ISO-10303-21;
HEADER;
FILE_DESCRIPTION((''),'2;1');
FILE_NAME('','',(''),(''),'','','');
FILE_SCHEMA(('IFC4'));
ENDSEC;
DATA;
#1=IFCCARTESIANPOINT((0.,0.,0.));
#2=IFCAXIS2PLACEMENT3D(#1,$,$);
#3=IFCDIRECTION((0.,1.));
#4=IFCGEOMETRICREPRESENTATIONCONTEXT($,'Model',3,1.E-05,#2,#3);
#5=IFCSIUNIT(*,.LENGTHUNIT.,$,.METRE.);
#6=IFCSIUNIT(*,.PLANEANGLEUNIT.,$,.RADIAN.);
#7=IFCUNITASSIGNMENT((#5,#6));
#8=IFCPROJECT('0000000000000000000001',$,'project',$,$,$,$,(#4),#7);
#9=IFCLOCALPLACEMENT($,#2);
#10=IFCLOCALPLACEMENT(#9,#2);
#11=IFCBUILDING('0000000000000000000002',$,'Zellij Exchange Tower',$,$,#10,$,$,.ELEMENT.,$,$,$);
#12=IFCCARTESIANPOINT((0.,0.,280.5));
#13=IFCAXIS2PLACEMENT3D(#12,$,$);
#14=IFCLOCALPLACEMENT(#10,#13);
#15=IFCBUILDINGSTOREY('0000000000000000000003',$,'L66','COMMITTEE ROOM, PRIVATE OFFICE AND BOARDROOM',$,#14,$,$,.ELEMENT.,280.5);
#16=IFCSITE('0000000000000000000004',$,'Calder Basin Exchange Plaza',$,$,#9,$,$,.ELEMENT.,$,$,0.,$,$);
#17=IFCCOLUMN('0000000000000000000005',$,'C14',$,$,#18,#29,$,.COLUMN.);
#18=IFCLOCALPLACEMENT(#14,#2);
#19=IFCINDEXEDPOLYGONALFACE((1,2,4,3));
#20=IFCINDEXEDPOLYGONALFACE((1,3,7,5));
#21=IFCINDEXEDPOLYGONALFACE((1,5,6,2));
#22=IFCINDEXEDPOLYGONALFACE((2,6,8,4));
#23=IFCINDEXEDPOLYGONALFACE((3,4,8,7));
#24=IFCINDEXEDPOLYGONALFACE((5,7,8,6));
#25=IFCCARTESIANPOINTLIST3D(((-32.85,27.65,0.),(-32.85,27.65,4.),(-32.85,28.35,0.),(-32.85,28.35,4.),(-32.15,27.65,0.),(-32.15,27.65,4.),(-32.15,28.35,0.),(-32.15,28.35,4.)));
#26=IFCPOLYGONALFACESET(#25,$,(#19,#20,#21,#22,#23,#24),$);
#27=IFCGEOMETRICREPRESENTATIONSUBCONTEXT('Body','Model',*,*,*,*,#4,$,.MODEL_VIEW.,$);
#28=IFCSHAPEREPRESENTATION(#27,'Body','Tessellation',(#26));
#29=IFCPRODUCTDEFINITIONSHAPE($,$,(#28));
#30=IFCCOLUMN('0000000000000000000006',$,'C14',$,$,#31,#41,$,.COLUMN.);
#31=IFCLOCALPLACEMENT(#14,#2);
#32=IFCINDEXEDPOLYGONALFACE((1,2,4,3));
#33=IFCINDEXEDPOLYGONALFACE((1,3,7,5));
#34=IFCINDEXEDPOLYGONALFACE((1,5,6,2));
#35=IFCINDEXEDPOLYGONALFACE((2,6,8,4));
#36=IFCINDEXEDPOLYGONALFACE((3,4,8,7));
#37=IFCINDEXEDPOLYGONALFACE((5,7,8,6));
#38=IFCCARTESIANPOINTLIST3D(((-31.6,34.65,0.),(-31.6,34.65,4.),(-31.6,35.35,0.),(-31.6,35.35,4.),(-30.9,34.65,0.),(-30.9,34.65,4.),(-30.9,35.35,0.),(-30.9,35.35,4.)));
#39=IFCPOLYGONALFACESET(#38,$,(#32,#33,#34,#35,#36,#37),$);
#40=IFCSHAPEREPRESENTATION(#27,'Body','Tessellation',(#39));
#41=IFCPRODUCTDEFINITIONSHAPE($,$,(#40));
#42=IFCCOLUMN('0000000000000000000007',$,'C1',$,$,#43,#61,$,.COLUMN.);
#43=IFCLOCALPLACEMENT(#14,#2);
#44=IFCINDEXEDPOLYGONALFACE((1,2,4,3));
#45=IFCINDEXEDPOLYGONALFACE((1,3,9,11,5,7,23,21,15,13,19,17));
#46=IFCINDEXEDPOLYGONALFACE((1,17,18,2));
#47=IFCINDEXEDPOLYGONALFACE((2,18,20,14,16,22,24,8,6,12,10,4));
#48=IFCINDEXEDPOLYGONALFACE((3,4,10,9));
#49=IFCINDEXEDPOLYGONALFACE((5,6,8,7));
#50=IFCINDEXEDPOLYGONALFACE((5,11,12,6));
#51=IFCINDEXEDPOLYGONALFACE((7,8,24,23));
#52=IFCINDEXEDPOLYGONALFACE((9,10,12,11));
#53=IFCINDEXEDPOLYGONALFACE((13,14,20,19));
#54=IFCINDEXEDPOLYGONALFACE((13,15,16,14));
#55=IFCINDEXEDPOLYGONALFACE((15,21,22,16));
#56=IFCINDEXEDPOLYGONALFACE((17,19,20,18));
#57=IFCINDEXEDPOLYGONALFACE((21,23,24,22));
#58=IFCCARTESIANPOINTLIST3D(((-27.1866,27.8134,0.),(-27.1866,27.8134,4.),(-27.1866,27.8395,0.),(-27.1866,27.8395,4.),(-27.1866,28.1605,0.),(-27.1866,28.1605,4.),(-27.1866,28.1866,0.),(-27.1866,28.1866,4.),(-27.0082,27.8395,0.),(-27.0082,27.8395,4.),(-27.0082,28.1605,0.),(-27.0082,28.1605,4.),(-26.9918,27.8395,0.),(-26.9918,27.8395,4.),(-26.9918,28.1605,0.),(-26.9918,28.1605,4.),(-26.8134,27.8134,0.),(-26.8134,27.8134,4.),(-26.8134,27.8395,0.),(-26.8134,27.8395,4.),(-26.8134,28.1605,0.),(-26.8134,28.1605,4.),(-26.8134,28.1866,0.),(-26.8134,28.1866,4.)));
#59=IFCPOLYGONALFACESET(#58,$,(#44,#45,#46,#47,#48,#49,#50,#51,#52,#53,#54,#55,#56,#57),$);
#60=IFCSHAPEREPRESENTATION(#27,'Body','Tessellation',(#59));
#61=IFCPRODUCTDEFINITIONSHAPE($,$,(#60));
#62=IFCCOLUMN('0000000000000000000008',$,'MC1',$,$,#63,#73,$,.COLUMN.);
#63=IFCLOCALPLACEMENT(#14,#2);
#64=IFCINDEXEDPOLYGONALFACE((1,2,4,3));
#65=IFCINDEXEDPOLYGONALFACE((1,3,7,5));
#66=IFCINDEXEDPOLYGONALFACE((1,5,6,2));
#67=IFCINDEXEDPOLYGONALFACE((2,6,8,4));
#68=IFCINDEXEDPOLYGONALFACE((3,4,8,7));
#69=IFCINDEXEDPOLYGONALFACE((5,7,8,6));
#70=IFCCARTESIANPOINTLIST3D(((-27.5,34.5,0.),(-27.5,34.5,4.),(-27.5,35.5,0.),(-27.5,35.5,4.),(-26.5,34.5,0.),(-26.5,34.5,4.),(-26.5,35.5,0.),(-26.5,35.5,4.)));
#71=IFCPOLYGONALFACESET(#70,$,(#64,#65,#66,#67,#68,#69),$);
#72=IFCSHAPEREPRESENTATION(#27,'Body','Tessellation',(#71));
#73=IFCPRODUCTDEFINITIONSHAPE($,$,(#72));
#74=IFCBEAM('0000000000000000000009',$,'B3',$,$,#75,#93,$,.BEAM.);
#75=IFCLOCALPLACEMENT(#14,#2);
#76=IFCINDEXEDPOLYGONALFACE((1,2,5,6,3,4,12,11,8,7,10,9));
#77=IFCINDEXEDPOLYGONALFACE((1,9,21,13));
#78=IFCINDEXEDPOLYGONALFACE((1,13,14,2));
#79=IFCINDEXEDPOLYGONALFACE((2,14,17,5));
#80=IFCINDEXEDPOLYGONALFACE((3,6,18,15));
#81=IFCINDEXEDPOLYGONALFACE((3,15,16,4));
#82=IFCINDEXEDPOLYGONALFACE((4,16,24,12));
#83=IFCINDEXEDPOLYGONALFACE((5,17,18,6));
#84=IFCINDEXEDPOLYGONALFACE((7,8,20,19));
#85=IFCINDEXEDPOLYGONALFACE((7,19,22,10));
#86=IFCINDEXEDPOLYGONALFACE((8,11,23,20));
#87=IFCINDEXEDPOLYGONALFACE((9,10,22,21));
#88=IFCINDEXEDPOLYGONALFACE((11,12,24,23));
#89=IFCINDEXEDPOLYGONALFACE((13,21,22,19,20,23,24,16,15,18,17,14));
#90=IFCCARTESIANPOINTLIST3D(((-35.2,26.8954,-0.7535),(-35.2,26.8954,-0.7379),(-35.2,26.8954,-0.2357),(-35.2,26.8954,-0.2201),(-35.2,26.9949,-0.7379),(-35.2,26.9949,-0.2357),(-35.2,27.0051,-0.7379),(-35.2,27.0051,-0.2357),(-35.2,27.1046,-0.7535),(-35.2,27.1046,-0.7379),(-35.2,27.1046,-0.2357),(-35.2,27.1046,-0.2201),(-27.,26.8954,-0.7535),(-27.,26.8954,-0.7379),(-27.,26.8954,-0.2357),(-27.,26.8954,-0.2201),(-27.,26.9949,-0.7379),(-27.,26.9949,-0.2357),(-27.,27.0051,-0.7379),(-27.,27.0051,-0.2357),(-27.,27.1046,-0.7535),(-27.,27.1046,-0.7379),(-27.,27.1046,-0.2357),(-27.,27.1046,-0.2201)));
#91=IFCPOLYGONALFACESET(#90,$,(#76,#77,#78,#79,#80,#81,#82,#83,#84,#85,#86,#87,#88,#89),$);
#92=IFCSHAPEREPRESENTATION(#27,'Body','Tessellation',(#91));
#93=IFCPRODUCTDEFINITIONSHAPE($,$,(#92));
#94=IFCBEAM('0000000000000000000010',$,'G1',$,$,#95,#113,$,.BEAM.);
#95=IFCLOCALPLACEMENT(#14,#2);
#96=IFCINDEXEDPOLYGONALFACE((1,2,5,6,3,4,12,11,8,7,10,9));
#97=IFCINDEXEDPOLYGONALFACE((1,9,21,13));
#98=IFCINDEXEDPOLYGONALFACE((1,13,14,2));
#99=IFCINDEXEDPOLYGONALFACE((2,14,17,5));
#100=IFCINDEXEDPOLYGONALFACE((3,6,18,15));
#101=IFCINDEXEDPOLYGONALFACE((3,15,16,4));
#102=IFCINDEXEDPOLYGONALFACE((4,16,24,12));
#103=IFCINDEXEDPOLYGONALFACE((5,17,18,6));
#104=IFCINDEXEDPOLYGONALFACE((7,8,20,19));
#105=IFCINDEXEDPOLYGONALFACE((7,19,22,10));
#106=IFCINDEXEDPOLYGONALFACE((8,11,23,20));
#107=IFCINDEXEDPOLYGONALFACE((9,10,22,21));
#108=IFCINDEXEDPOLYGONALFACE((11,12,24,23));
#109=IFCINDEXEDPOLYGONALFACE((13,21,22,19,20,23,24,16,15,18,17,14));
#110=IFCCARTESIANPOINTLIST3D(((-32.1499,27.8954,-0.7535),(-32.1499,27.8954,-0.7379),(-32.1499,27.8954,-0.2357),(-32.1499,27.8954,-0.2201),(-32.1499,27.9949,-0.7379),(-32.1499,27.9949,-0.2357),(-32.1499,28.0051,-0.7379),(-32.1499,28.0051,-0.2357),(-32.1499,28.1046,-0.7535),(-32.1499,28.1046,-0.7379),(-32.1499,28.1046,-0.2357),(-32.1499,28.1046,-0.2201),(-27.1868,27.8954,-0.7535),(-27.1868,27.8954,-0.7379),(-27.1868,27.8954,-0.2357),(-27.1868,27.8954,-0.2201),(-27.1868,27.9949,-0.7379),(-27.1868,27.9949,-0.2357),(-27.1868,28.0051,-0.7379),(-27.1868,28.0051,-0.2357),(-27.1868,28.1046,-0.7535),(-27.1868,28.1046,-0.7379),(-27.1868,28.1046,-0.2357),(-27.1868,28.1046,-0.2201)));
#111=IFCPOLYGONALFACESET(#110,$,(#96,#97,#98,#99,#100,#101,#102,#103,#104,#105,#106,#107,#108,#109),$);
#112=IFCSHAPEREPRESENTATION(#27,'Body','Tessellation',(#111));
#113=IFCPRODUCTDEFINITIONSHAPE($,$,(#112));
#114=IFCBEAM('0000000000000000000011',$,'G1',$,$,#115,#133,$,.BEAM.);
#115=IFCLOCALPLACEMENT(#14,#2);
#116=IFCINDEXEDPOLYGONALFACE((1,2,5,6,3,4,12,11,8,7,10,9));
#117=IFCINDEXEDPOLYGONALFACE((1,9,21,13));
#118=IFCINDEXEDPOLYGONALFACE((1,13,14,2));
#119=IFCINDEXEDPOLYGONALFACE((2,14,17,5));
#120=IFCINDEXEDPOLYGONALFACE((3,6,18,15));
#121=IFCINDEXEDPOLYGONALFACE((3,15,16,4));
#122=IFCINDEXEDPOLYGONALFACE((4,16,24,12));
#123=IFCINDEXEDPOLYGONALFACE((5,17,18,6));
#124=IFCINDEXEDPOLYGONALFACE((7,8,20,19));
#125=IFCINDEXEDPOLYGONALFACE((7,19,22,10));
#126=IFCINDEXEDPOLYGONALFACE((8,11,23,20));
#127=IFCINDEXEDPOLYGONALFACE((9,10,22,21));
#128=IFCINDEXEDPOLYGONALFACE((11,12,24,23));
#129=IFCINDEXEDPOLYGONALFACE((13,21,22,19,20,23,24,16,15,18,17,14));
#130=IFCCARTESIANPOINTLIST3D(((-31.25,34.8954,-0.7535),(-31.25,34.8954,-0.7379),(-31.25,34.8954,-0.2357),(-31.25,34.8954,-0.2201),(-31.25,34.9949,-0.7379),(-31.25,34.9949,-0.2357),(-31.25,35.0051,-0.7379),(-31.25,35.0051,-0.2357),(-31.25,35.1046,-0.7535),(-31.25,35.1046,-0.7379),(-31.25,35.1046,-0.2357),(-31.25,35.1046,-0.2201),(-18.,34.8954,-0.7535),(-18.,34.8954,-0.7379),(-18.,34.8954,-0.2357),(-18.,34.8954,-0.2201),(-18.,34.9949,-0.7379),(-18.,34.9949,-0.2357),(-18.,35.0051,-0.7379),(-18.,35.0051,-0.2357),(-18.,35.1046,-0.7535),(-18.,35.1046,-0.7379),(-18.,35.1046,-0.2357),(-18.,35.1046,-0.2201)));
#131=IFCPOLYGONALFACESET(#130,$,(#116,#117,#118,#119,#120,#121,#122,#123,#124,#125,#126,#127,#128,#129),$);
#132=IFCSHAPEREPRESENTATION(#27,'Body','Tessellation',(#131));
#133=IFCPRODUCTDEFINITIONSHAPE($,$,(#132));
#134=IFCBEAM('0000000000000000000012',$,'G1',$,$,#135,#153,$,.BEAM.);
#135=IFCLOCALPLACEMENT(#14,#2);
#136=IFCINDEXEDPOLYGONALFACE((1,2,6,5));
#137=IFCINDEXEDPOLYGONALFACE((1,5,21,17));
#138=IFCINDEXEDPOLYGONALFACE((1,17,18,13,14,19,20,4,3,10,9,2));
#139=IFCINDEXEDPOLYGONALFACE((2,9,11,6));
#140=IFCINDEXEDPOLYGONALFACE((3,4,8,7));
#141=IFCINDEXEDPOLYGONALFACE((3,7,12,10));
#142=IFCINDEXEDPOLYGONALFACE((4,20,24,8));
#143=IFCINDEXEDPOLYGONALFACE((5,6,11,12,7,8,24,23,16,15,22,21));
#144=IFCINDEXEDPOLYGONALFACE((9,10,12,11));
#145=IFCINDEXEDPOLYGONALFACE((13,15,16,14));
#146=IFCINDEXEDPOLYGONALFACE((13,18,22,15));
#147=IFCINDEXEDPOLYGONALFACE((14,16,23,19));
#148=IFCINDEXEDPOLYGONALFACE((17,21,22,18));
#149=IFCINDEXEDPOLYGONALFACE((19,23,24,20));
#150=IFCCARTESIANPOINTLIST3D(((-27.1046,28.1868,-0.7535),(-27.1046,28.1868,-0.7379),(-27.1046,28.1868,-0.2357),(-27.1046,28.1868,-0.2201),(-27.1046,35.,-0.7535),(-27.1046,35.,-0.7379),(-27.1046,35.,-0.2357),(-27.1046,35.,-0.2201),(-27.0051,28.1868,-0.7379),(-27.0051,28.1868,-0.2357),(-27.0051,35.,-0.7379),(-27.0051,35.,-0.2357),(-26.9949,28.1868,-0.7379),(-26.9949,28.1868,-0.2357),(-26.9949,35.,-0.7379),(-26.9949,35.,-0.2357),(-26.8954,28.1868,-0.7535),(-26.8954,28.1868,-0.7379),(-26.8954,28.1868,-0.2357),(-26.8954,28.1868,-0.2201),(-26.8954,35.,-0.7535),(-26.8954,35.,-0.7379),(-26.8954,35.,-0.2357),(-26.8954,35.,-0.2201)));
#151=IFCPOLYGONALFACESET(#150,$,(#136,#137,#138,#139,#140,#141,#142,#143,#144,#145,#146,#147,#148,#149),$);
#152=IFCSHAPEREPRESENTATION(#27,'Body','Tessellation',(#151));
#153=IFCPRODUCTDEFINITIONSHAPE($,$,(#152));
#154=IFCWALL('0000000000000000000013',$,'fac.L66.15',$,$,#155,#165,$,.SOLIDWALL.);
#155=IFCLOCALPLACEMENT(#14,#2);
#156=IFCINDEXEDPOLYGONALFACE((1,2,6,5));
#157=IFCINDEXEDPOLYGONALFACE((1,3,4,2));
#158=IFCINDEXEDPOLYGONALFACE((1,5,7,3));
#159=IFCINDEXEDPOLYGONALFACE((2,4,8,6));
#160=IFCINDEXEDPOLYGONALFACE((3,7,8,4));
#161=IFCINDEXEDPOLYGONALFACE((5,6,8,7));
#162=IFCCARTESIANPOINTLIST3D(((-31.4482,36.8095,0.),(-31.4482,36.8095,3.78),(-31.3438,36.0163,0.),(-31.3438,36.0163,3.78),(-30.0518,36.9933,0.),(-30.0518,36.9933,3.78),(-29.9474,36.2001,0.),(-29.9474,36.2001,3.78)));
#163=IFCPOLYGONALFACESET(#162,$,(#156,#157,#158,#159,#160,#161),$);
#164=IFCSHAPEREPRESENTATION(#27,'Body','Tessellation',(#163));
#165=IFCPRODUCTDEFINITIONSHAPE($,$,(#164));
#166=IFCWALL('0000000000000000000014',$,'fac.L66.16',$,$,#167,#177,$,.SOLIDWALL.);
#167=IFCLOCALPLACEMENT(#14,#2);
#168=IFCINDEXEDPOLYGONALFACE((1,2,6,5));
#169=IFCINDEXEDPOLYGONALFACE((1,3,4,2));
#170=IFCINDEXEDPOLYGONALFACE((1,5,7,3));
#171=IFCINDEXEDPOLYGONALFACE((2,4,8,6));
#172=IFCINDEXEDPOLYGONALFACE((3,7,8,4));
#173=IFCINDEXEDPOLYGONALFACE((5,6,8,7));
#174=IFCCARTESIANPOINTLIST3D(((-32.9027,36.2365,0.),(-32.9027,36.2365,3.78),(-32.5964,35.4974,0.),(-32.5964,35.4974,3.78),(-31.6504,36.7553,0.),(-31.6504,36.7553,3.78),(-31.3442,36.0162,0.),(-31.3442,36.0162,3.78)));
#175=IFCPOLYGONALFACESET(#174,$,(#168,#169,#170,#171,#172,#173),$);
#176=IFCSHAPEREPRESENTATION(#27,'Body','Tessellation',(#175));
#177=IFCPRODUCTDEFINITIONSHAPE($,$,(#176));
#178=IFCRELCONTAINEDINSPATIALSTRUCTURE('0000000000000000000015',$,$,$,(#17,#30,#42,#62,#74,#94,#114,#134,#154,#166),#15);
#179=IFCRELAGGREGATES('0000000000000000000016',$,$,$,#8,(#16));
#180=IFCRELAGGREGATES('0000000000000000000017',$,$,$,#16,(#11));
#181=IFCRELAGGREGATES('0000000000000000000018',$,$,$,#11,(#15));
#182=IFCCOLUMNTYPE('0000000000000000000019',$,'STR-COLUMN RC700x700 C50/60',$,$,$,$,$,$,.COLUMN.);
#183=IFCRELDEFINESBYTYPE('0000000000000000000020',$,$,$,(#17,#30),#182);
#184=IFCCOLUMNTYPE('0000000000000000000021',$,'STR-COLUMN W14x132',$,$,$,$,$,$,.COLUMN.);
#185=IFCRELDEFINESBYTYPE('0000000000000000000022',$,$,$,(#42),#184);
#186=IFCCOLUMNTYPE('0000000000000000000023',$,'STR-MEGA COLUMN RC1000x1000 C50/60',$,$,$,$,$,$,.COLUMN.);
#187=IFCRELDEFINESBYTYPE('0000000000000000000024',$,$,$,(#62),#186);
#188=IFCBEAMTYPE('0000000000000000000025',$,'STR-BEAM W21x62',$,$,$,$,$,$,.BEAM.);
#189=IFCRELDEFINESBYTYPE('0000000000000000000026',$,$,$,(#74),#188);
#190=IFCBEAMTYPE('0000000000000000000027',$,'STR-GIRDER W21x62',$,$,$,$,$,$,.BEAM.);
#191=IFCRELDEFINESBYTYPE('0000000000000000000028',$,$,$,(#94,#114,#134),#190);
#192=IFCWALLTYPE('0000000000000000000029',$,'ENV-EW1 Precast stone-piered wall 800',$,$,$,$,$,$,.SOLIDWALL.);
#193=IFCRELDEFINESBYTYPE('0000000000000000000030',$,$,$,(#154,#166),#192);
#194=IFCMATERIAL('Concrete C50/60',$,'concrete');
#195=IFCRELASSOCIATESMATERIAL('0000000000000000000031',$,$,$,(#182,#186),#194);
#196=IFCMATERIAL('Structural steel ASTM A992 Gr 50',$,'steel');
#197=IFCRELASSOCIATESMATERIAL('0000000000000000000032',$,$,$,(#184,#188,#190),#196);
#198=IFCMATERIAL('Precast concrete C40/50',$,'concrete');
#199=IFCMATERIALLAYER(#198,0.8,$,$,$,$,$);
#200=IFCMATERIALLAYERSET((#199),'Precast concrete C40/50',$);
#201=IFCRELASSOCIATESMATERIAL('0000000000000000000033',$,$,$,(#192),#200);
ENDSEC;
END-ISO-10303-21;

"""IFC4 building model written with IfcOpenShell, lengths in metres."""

from ifc_helpers import new_model, si_unit, direction, frame, frame_2d, origin, origin_2d, place, context, subcontext, project, spatial, rectangle, i_section, extrude, material, layer, layer_set, material_profile, profile_set, type_object, element, save


model = new_model("IFC4")

# Units and contexts
model_context = context("Model", 3, precision=1e-05, world=origin(), true_north=direction((0.0, 1.0)))
body_context = subcontext(model_context, "Body", "Model", "MODEL_VIEW")
ifc_project = project(units=[si_unit("LENGTHUNIT", "METRE"), si_unit("PLANEANGLEUNIT", "RADIAN")], contexts=[model_context])

# Site, building, storey
site_placement = place(None, origin())
site = spatial("IfcSite", under=ifc_project, at=site_placement, Name="Calder Basin Exchange Plaza", CompositionType="ELEMENT", RefElevation=0.0)
building_placement = place(site_placement, origin())
building = spatial("IfcBuilding", under=site, at=building_placement, Name="Zellij Exchange Tower", CompositionType="ELEMENT")
storey_placement = place(building_placement, frame((0.0, 0.0, 280.5)))
storey = spatial("IfcBuildingStorey", under=building, at=storey_placement, Name="L66", Description="COMMITTEE ROOM, PRIVATE OFFICE AND BOARDROOM", CompositionType="ELEMENT", Elevation=280.5)

# Columns
ifc_material_1 = material(Name="Concrete C50/60", Category="concrete")
ifc_material_profile_1 = material_profile(ifc_material_1, rectangle(XDim=0.7, YDim=0.7, at=origin_2d()), Name="STR-COLUMN RC700x700 C50/60")
ifc_profile_set_1 = profile_set([ifc_material_profile_1], Name="Concrete C50/60")
column_type_1 = type_object("IfcColumnType", Name="STR-COLUMN RC700x700 C50/60", PredefinedType="COLUMN", material=ifc_profile_set_1)
for number, where, z_axis, x_axis, name in (
    (1, (-32.5, 28.0, 0.0), (0.0, 0.0, 1.0), (1.0, 0.0, 0.0), "C14"),
    (2, (-31.25, 35.0, 0.0), (0.0, 0.0, 1.0), (1.0, 0.0, 0.0), "C14"),
):
    element("IfcColumn", number, at=place(storey_placement, frame(where, z_axis=z_axis, x_axis=x_axis)), inside=storey, type_object=column_type_1, Name=name, PredefinedType="COLUMN", context=body_context, shape_type="SweptSolid", body=[
        extrude(rectangle(XDim=0.7, YDim=0.7, at=origin_2d()), origin(), (0.0, 0.0, 1.0), 4.0),
    ])
ifc_material_2 = material(Name="Structural steel ASTM A992 Gr 50", Category="steel")
ifc_material_profile_2 = material_profile(ifc_material_2, i_section(OverallWidth=0.3733, OverallDepth=0.3733, WebThickness=0.0164, FlangeThickness=0.0261, at=origin_2d()), Name="W14x132")
ifc_profile_set_2 = profile_set([ifc_material_profile_2], Name="Structural steel ASTM A992 Gr 50")
column_type_2 = type_object("IfcColumnType", Name="STR-COLUMN W14x132", PredefinedType="COLUMN", material=ifc_profile_set_2)
column_1_placement = place(storey_placement, frame((-27.0, 28.0, 0.0), z_axis=(0.0, 0.0, 1.0), x_axis=(1.0, 0.0, 0.0)))
element("IfcColumn", 3, at=column_1_placement, inside=storey, type_object=column_type_2, Name="C1", PredefinedType="COLUMN", context=body_context, shape_type="SweptSolid", body=[
    extrude(i_section(OverallWidth=0.3733, OverallDepth=0.3733, WebThickness=0.0164, FlangeThickness=0.0261, at=origin_2d()), origin(), (0.0, 0.0, 1.0), 4.0),
])
ifc_material_profile_3 = material_profile(ifc_material_1, rectangle(XDim=1.0, YDim=1.0, at=origin_2d()), Name="STR-MEGA COLUMN RC1000x1000 C50/60")
ifc_profile_set_3 = profile_set([ifc_material_profile_3], Name="Concrete C50/60")
column_type_3 = type_object("IfcColumnType", Name="STR-MEGA COLUMN RC1000x1000 C50/60", PredefinedType="COLUMN", material=ifc_profile_set_3)
column_2_placement = place(storey_placement, frame((-27.0, 35.0, 0.0), z_axis=(0.0, 0.0, 1.0), x_axis=(1.0, 0.0, 0.0)))
element("IfcColumn", 4, at=column_2_placement, inside=storey, type_object=column_type_3, Name="MC1", PredefinedType="COLUMN", context=body_context, shape_type="SweptSolid", body=[
    extrude(rectangle(XDim=1.0, YDim=1.0, at=origin_2d()), origin(), (0.0, 0.0, 1.0), 4.0),
])

# Beams
ifc_material_profile_4 = material_profile(ifc_material_2, i_section(OverallWidth=0.2092, OverallDepth=0.5334, WebThickness=0.0103, FlangeThickness=0.0156, at=origin_2d()), Name="W21x62")
ifc_profile_set_4 = profile_set([ifc_material_profile_4], Name="Structural steel ASTM A992 Gr 50")
beam_type_1 = type_object("IfcBeamType", Name="STR-BEAM W21x62", PredefinedType="BEAM", material=ifc_profile_set_4)
beam_1_placement = place(storey_placement, frame((-35.2, 27.0, -0.4868), z_axis=(1.0, 0.0, 0.0), x_axis=(0.0, 1.0, 0.0)))
element("IfcBeam", 5, at=beam_1_placement, inside=storey, type_object=beam_type_1, Name="B3", PredefinedType="BEAM", context=body_context, shape_type="SweptSolid", body=[
    extrude(i_section(OverallWidth=0.2092, OverallDepth=0.5334, WebThickness=0.0103, FlangeThickness=0.0156, at=origin_2d()), origin(), (0.0, 0.0, 1.0), 8.2),
])
ifc_material_profile_5 = material_profile(ifc_material_2, i_section(OverallWidth=0.2092, OverallDepth=0.5334, WebThickness=0.0103, FlangeThickness=0.0156, at=origin_2d()), Name="W21x62")
ifc_profile_set_5 = profile_set([ifc_material_profile_5], Name="Structural steel ASTM A992 Gr 50")
beam_type_2 = type_object("IfcBeamType", Name="STR-GIRDER W21x62", PredefinedType="BEAM", material=ifc_profile_set_5)
beam_2_placement = place(storey_placement, frame((-32.1499, 28.0, -0.4868), z_axis=(1.0, 0.0, 0.0), x_axis=(0.0, 1.0, 0.0)))
element("IfcBeam", 6, at=beam_2_placement, inside=storey, type_object=beam_type_2, Name="G1", PredefinedType="BEAM", context=body_context, shape_type="SweptSolid", body=[
    extrude(i_section(OverallWidth=0.2092, OverallDepth=0.5334, WebThickness=0.0103, FlangeThickness=0.0156, at=origin_2d()), origin(), (0.0, 0.0, 1.0), 4.9631),
])
beam_3_placement = place(storey_placement, frame((-31.25, 35.0, -0.4868), z_axis=(1.0, 0.0, 0.0), x_axis=(0.0, 1.0, 0.0)))
element("IfcBeam", 7, at=beam_3_placement, inside=storey, type_object=beam_type_2, Name="G1", PredefinedType="BEAM", context=body_context, shape_type="SweptSolid", body=[
    extrude(i_section(OverallWidth=0.2092, OverallDepth=0.5334, WebThickness=0.0103, FlangeThickness=0.0156, at=origin_2d()), origin(), (0.0, 0.0, 1.0), 13.25),
])
beam_4_placement = place(storey_placement, frame((-27.0, 28.1868, -0.4868), z_axis=(0.0, 1.0, 0.0), x_axis=(-1.0, 0.0, 0.0)))
element("IfcBeam", 8, at=beam_4_placement, inside=storey, type_object=beam_type_2, Name="G1", PredefinedType="BEAM", context=body_context, shape_type="SweptSolid", body=[
    extrude(i_section(OverallWidth=0.2092, OverallDepth=0.5334, WebThickness=0.0103, FlangeThickness=0.0156, at=origin_2d()), origin(), (0.0, 0.0, 1.0), 6.8132),
])

# Walls
ifc_material_3 = material(Name="Precast concrete C40/50", Category="concrete")
ifc_layer_1 = layer(ifc_material_3, 0.8)
ifc_layer_set_1 = layer_set([ifc_layer_1], Name="Precast concrete C40/50")
wall_type_1 = type_object("IfcWallType", Name="ENV-EW1 Precast stone-piered wall 800", PredefinedType="SOLIDWALL", material=ifc_layer_set_1)
wall_1_placement = place(storey_placement, frame((-29.9998, 36.5967, 0.0), z_axis=(0.0, 0.0, 1.0), x_axis=(-0.991446, -0.130517, 0.0)))
element("IfcWall", 9, at=wall_1_placement, inside=storey, type_object=wall_type_1, Name="fac.L66.15", PredefinedType="SOLIDWALL", context=body_context, shape_type="SweptSolid", body=[
    extrude(rectangle(XDim=1.4084, YDim=0.8, at=frame_2d((0.7041, 0.0))), origin(), (0.0, 0.0, 1.0), 3.78),
])
wall_2_placement = place(storey_placement, frame((-31.4973, 36.3857, 0.0), z_axis=(0.0, 0.0, 1.0), x_axis=(-0.923848, -0.38276, 0.0)))
element("IfcWall", 10, at=wall_2_placement, inside=storey, type_object=wall_type_1, Name="fac.L66.16", PredefinedType="SOLIDWALL", context=body_context, shape_type="SweptSolid", body=[
    extrude(rectangle(XDim=1.3555, YDim=0.8, at=frame_2d((0.6777, 0.0))), origin(), (0.0, 0.0, 1.0), 3.78),
])

save(model, "model.ifc")
